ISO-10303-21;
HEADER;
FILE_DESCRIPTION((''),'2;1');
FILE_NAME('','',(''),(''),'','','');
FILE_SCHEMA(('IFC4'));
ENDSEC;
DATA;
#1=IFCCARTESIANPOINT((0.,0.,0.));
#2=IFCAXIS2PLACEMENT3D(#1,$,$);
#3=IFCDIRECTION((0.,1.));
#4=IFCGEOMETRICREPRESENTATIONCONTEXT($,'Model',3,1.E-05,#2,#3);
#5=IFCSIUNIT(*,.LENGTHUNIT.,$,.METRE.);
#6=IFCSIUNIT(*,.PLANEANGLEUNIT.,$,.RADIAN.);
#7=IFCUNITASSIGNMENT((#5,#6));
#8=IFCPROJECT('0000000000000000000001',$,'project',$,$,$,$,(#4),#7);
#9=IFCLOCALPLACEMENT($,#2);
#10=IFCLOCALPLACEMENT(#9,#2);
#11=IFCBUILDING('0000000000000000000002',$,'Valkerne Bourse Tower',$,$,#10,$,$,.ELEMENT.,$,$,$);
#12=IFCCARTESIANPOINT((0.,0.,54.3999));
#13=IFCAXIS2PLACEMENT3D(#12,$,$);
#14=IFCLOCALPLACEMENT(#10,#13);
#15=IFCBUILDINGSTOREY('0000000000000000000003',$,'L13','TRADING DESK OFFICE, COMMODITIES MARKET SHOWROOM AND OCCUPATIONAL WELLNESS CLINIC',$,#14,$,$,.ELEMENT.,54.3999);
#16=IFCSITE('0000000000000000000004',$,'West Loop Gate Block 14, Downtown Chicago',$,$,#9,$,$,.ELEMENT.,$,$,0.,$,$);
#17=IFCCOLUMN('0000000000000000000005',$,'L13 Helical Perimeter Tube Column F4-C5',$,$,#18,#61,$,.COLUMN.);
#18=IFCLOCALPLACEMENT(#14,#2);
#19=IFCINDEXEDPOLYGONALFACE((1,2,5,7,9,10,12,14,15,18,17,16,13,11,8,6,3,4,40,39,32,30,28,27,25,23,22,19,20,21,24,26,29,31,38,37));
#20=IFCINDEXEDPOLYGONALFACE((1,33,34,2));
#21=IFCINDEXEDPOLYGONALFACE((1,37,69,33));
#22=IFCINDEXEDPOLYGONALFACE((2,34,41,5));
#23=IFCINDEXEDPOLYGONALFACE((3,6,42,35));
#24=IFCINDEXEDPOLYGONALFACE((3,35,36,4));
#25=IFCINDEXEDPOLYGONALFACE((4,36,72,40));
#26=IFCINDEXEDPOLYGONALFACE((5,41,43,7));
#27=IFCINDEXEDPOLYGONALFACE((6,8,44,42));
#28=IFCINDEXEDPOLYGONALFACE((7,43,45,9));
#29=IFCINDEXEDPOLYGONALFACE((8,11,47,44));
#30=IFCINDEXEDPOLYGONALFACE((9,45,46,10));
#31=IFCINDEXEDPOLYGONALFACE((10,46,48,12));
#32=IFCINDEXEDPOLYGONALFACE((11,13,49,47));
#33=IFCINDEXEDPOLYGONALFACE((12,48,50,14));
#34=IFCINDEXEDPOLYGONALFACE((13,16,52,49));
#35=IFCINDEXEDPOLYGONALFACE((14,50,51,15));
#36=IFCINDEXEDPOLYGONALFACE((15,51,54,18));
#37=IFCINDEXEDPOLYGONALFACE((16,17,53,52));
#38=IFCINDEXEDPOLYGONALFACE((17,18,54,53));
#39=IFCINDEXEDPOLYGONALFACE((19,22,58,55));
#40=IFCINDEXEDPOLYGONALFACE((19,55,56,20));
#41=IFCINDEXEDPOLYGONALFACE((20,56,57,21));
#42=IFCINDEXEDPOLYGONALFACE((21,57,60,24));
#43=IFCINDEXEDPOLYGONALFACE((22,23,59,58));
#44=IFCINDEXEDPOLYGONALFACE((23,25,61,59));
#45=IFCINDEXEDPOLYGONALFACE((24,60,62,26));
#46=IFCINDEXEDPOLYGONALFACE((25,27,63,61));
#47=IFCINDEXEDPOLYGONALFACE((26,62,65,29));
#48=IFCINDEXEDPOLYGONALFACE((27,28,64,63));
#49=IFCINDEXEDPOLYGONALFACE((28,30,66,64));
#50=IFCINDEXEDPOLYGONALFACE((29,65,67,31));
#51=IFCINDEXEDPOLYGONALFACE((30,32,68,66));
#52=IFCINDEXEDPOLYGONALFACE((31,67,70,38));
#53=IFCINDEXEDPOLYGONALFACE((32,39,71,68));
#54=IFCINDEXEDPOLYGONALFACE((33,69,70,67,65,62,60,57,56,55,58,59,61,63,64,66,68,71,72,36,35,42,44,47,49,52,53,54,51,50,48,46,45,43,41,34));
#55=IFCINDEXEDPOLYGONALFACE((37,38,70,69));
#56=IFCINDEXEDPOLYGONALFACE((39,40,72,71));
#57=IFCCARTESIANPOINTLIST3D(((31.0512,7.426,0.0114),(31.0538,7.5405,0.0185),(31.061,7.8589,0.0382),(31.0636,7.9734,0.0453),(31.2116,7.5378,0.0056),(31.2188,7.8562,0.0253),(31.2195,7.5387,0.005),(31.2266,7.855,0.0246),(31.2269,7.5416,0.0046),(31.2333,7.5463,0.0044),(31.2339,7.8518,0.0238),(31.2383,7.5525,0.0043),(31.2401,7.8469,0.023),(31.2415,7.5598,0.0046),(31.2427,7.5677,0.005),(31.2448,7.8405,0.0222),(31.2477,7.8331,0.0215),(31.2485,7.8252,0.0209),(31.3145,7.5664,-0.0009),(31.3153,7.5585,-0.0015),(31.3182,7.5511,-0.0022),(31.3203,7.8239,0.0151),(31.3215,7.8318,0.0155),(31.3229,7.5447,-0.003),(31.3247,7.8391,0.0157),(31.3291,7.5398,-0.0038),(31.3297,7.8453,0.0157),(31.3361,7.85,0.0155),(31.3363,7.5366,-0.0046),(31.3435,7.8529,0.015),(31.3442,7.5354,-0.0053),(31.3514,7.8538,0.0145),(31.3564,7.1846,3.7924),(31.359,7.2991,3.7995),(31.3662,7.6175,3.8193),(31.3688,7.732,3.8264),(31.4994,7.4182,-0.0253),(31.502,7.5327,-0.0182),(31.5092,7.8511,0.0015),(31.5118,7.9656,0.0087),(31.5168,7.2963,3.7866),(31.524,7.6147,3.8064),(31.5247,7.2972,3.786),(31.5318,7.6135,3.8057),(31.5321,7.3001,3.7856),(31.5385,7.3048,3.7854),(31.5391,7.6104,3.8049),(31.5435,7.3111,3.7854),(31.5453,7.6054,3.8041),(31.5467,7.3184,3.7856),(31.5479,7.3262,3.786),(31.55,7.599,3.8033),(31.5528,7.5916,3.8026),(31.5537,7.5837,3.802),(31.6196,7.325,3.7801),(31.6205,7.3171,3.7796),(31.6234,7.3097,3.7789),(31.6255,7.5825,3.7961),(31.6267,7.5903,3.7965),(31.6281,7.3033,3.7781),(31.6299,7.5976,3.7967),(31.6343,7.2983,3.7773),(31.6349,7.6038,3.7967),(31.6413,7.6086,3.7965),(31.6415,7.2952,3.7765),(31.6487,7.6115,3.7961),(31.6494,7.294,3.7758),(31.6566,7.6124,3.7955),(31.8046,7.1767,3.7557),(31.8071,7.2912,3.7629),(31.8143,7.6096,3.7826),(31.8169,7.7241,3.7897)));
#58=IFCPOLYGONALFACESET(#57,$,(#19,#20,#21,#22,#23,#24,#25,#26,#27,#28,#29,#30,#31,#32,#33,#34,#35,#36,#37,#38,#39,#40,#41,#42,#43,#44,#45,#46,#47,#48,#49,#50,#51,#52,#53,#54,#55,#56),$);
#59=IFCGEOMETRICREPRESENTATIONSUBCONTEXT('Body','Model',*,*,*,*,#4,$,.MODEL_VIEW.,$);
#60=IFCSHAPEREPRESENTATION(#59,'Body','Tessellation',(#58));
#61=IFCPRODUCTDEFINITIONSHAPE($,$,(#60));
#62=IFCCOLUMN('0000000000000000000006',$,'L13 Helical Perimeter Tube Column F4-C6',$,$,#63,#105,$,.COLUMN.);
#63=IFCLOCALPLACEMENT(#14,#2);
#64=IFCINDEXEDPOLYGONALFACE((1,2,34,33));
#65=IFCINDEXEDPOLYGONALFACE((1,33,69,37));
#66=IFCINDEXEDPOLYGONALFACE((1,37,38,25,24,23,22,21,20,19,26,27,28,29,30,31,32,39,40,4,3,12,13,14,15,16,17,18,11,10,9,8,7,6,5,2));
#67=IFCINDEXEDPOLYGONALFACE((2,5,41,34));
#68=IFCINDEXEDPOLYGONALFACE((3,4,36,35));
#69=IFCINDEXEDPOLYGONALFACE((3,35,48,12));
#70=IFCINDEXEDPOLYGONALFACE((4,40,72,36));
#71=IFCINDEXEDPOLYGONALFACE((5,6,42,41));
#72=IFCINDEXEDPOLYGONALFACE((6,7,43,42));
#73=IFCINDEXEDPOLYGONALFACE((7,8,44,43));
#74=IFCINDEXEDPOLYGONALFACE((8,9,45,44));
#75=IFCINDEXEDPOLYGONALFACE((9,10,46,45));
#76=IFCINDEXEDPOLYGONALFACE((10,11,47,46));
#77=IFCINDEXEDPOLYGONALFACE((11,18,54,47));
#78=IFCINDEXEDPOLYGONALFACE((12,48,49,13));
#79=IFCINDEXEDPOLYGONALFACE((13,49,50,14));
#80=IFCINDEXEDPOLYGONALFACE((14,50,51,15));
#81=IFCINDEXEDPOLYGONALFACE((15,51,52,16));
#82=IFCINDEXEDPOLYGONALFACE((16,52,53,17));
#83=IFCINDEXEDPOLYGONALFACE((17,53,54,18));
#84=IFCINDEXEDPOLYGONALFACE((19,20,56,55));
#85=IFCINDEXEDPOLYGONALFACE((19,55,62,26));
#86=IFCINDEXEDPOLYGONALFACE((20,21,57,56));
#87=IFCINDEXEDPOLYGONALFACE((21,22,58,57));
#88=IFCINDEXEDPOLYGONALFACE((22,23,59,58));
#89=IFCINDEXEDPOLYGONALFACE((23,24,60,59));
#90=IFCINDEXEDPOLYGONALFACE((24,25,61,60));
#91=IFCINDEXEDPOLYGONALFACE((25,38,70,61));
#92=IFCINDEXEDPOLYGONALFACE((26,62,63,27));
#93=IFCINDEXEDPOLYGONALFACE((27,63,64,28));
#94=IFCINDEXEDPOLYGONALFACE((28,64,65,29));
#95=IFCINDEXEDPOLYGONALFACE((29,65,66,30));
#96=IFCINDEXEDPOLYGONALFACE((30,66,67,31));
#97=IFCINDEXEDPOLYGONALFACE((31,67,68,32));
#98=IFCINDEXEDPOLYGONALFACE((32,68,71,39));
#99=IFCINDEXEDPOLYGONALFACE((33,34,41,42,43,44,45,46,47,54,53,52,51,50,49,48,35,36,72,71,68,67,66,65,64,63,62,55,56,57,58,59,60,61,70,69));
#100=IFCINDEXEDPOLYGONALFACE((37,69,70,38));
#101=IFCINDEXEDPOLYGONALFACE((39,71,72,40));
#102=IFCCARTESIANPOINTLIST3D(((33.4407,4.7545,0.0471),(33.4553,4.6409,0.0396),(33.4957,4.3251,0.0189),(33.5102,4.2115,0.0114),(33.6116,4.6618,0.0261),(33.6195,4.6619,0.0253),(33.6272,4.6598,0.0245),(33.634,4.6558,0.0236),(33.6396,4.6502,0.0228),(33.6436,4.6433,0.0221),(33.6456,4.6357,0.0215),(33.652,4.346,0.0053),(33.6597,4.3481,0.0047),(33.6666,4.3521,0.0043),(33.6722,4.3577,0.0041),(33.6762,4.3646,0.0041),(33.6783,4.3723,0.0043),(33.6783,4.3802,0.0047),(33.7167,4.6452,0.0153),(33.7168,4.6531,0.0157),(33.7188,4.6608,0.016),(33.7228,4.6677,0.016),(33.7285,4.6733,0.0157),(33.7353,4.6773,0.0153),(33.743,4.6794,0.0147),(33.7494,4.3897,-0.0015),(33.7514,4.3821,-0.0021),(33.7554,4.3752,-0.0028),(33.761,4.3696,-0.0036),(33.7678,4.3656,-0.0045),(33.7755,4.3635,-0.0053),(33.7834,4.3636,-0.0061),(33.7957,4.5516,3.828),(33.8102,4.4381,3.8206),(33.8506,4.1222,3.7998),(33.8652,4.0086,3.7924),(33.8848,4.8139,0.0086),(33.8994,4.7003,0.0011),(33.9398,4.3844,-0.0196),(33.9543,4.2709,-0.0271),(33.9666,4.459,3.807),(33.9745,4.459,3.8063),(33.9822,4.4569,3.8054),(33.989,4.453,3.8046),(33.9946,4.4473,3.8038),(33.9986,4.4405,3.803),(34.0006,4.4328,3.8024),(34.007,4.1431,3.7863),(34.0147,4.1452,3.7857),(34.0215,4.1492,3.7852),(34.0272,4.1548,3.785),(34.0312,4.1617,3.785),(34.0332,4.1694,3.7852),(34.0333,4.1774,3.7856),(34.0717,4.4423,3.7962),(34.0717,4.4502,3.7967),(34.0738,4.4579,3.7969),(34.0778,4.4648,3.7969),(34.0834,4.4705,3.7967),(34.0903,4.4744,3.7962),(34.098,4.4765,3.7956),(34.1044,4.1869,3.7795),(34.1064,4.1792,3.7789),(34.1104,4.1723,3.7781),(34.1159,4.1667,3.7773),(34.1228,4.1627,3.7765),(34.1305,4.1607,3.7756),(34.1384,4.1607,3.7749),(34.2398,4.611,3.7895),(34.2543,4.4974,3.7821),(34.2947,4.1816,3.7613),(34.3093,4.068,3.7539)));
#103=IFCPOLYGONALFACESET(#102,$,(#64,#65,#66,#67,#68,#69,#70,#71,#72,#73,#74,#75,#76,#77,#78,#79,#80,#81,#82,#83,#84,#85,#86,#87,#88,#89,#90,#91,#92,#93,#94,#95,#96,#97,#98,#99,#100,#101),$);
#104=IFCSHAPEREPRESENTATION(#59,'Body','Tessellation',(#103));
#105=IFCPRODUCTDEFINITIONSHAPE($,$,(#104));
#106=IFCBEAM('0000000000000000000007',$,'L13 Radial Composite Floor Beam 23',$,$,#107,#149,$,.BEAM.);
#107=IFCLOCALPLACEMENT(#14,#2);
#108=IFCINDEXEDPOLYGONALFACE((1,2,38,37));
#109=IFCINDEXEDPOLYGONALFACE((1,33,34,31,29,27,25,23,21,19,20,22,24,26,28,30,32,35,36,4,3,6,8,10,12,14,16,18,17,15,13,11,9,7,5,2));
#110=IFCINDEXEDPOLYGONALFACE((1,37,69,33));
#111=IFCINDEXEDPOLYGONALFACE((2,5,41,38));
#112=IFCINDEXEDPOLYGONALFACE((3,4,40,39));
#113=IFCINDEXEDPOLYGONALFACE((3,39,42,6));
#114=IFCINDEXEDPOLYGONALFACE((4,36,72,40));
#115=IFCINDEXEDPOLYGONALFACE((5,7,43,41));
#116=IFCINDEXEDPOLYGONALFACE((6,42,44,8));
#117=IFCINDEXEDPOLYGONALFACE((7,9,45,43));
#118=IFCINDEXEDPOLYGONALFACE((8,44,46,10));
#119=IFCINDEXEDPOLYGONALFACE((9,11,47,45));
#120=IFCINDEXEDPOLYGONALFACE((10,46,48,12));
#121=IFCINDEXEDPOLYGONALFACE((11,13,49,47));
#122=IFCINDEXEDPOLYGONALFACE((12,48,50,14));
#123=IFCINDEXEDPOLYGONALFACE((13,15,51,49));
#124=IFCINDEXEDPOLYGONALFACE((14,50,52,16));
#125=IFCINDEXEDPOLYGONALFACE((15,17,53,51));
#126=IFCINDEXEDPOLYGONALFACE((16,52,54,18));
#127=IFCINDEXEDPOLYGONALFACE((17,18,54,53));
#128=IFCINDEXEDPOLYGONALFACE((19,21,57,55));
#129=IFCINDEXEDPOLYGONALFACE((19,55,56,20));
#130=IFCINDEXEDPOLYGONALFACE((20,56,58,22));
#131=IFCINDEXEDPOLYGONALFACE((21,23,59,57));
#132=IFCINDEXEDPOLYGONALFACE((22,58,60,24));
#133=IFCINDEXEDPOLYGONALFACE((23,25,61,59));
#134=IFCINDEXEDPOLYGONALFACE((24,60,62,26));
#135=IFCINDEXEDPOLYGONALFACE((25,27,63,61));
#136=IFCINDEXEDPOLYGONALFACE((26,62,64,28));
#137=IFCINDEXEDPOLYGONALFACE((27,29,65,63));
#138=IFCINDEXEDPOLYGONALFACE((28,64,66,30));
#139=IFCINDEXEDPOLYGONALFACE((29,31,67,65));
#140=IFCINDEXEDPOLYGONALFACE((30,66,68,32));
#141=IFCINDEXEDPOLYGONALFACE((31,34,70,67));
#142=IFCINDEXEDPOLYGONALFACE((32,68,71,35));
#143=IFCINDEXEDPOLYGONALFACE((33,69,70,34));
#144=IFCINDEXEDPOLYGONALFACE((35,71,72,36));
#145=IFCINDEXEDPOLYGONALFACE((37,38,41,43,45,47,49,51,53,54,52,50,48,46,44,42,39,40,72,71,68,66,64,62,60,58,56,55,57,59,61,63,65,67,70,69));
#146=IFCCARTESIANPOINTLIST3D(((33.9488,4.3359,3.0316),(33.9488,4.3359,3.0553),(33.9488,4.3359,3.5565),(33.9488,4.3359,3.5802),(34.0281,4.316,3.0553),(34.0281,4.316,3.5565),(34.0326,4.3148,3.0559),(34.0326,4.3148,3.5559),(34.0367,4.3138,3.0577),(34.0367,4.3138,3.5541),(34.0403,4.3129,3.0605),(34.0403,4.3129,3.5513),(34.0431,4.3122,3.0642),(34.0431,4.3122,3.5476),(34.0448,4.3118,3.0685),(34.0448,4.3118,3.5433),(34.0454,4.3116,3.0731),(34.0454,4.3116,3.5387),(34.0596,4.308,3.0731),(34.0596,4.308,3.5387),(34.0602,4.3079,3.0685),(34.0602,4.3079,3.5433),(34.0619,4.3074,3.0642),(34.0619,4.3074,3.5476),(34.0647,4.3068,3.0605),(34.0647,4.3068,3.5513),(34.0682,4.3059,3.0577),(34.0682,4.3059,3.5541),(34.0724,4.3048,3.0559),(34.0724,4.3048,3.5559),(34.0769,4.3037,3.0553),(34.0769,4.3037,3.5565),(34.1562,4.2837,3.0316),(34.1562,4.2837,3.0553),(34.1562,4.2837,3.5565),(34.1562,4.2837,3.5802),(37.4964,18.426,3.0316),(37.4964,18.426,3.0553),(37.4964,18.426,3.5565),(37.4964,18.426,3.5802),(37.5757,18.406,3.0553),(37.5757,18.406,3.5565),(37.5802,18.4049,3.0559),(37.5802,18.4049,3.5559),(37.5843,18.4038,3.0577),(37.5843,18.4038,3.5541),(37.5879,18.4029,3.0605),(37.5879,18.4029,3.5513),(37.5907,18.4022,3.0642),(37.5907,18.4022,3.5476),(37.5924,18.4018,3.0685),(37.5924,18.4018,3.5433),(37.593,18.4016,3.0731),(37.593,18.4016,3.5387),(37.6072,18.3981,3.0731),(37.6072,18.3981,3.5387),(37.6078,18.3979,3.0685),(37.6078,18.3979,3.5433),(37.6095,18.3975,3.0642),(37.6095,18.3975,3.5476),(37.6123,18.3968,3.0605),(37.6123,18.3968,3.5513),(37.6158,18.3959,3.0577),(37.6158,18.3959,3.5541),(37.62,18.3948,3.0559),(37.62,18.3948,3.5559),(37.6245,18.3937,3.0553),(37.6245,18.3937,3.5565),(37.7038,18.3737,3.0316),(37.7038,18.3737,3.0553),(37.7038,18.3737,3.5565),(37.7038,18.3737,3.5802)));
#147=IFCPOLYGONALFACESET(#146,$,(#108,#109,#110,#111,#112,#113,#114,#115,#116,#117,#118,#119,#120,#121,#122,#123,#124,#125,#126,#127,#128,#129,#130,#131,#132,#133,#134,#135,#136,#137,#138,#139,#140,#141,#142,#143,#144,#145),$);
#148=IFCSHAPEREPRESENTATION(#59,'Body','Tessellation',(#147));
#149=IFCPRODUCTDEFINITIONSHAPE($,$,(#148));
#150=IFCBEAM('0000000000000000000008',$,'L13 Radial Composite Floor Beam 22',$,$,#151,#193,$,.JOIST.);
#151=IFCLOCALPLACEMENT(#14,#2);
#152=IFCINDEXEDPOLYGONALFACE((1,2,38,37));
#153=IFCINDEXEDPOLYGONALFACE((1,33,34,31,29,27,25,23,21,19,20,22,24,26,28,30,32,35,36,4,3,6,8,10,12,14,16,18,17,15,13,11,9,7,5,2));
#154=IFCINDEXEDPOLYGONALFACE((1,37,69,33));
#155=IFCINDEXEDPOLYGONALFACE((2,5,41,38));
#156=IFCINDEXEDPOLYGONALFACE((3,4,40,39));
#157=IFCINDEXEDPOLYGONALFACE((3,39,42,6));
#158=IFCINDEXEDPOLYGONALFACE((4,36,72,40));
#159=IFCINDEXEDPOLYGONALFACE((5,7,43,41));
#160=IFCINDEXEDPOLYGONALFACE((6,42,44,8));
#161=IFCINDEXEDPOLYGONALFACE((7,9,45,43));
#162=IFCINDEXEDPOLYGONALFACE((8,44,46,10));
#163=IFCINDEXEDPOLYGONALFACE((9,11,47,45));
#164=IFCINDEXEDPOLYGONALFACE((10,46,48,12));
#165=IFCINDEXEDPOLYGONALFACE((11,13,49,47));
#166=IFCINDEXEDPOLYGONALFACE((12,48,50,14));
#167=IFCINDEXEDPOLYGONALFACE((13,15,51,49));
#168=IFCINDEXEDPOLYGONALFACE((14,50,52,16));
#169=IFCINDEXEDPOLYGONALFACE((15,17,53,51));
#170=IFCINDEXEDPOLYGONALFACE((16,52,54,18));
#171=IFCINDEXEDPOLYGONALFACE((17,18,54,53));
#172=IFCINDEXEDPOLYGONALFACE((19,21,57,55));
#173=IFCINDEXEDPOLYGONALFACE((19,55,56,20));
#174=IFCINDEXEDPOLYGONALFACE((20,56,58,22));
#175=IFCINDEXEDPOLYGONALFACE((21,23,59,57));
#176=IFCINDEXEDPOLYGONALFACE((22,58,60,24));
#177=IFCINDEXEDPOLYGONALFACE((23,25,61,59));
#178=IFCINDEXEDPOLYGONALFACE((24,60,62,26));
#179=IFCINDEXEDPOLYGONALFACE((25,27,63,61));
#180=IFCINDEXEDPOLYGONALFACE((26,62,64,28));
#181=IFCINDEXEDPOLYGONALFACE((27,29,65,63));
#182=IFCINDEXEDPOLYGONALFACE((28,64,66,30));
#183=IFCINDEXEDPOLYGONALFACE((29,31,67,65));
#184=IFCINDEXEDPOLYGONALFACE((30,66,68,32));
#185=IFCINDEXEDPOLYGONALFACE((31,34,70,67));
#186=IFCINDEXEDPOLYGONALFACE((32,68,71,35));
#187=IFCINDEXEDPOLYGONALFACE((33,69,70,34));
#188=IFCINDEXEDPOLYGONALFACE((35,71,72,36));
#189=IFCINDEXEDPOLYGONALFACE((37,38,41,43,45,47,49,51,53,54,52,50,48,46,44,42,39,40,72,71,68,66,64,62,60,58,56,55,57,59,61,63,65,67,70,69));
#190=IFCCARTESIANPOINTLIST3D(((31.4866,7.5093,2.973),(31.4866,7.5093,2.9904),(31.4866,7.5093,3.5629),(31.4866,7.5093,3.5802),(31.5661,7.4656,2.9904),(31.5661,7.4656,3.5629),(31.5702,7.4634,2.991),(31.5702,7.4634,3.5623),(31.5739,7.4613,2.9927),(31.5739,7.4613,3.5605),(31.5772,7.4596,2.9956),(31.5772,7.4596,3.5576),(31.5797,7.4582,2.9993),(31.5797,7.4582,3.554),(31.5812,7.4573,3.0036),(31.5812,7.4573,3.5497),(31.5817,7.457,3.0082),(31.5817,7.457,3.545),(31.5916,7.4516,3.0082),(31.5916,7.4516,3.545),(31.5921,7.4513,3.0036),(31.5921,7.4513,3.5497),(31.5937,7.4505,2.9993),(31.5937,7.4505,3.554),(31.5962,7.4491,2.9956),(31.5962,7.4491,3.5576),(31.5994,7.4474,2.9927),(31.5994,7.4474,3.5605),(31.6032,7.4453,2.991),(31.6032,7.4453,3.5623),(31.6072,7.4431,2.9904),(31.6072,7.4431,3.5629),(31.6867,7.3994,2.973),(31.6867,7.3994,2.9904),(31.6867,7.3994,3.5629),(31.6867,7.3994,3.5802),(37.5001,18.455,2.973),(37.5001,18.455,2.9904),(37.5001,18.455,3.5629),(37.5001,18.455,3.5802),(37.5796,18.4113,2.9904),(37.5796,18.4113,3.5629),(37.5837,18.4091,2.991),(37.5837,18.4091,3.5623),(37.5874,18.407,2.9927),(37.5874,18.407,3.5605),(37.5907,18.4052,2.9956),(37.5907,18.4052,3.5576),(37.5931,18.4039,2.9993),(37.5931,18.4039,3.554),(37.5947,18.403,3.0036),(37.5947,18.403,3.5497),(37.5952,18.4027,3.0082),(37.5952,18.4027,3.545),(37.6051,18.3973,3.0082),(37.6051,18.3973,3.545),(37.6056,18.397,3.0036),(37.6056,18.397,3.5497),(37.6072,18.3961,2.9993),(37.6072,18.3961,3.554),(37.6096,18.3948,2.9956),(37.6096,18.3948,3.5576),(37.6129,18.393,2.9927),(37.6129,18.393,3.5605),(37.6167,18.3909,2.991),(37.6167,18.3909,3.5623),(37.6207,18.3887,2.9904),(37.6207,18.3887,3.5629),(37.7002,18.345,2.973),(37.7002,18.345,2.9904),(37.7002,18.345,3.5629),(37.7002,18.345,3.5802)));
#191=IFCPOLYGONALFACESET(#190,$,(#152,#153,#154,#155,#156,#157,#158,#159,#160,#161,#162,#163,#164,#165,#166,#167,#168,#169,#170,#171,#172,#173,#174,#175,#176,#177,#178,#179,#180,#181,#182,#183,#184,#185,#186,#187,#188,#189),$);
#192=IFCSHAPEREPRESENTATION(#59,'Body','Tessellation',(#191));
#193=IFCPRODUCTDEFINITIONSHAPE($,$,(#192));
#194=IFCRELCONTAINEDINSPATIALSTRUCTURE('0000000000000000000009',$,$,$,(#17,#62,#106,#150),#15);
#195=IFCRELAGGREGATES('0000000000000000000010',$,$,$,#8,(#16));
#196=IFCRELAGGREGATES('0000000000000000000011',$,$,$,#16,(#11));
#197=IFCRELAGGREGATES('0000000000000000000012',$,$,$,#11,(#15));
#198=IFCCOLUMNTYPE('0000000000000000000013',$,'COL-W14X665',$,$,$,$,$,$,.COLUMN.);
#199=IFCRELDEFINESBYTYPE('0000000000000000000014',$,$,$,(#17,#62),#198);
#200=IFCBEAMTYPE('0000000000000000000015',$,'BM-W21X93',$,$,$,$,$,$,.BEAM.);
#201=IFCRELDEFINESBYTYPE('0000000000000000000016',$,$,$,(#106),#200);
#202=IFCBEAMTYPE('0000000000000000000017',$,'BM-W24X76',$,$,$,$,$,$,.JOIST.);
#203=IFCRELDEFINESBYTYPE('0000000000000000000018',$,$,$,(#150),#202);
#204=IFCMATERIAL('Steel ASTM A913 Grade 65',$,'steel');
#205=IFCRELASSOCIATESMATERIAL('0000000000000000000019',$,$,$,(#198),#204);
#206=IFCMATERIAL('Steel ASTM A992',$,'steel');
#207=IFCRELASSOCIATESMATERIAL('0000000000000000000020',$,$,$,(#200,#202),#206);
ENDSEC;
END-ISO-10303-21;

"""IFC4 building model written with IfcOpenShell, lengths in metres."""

from ifc_helpers import new_model, si_unit, direction, frame, origin, origin_2d, place, context, subcontext, project, spatial, i_section, extrude, material, material_profile, profile_set, type_object, element, save


model = new_model("IFC4")

# Units and contexts
model_context = context("Model", 3, precision=1e-05, world=origin(), true_north=direction((0.0, 1.0)))
body_context = subcontext(model_context, "Body", "Model", "MODEL_VIEW")
ifc_project = project(units=[si_unit("LENGTHUNIT", "METRE"), si_unit("PLANEANGLEUNIT", "RADIAN")], contexts=[model_context])

# Site, building, storey
site_placement = place(None, origin())
site = spatial("IfcSite", under=ifc_project, at=site_placement, Name="West Loop Gate Block 14, Downtown Chicago", CompositionType="ELEMENT", RefElevation=0.0)
building_placement = place(site_placement, origin())
building = spatial("IfcBuilding", under=site, at=building_placement, Name="Valkerne Bourse Tower", CompositionType="ELEMENT")
storey_placement = place(building_placement, frame((0.0, 0.0, 54.3999)))
storey = spatial("IfcBuildingStorey", under=building, at=storey_placement, Name="L13", Description="TRADING DESK OFFICE, COMMODITIES MARKET SHOWROOM AND OCCUPATIONAL WELLNESS CLINIC", CompositionType="ELEMENT", Elevation=54.3999)

# Columns
ifc_material_1 = material(Name="Steel ASTM A913 Grade 65", Category="steel")
ifc_material_profile_1 = material_profile(ifc_material_1, i_section(OverallWidth=0.4497, OverallDepth=0.5486, WebThickness=0.072, FlangeThickness=0.1147, FilletRadius=0.0305, at=origin_2d()), Name="W14X665")
ifc_profile_set_1 = profile_set([ifc_material_profile_1], Name="Steel ASTM A913 Grade 65")
column_type = type_object("IfcColumnType", Name="COL-W14X665", PredefinedType="COLUMN", material=ifc_profile_set_1)
column_1_placement = place(storey_placement, frame((31.2815, 7.6958, 0.01), z_axis=(0.080289, -0.063524, 0.994745), x_axis=(0.996516, -0.017491, -0.081549)))
element("IfcColumn", 1, at=column_1_placement, inside=storey, type_object=column_type, Name="L13 Helical Perimeter Tube Column F4-C5", PredefinedType="COLUMN", context=body_context, shape_type="SweptSolid", body=[
    extrude(i_section(OverallWidth=0.4497, OverallDepth=0.5486, WebThickness=0.072, FlangeThickness=0.1147, FilletRadius=0.0305, at=origin_2d()), origin(), (0.0, 0.0, 1.0), 3.801),
])
column_2_placement = place(storey_placement, frame((33.6975, 4.5127, 0.01), z_axis=(0.093341, -0.053347, 0.994204), x_axis=(0.987548, 0.131967, -0.085635)))
element("IfcColumn", 2, at=column_2_placement, inside=storey, type_object=column_type, Name="L13 Helical Perimeter Tube Column F4-C6", PredefinedType="COLUMN", context=body_context, shape_type="SweptSolid", body=[
    extrude(i_section(OverallWidth=0.4497, OverallDepth=0.5486, WebThickness=0.072, FlangeThickness=0.1147, FilletRadius=0.0305, at=origin_2d()), origin(), (0.0, 0.0, 1.0), 3.803),
])

# Beams
ifc_material_2 = material(Name="Steel ASTM A992", Category="steel")
ifc_material_profile_2 = material_profile(ifc_material_2, i_section(OverallWidth=0.2139, OverallDepth=0.5486, WebThickness=0.0146, FlangeThickness=0.0237, FilletRadius=0.0178, at=origin_2d()), Name="W21X93")
ifc_profile_set_2 = profile_set([ifc_material_profile_2], Name="Steel ASTM A992")
beam_type_1 = type_object("IfcBeamType", Name="BM-W21X93", PredefinedType="BEAM", material=ifc_profile_set_2)
beam_1_placement = place(storey_placement, frame((34.0525, 4.3098, 3.3059), z_axis=(0.24416, 0.969735, 0.0), x_axis=(-0.969735, 0.24416, 0.0)))
element("IfcBeam", 3, at=beam_1_placement, inside=storey, type_object=beam_type_1, Name="L13 Radial Composite Floor Beam 23", PredefinedType="BEAM", context=body_context, shape_type="SweptSolid", body=[
    extrude(i_section(OverallWidth=0.2139, OverallDepth=0.5486, WebThickness=0.0146, FlangeThickness=0.0237, FilletRadius=0.0178, at=origin_2d()), origin(), (0.0, 0.0, 1.0), 14.5298),
])
ifc_material_profile_3 = material_profile(ifc_material_2, i_section(OverallWidth=0.2283, OverallDepth=0.6072, WebThickness=0.0112, FlangeThickness=0.0173, FilletRadius=0.0178, at=origin_2d()), Name="W24X76")
ifc_profile_set_3 = profile_set([ifc_material_profile_3], Name="Steel ASTM A992")
beam_type_2 = type_object("IfcBeamType", Name="BM-W24X76", PredefinedType="JOIST", material=ifc_profile_set_3)
beam_2_placement = place(storey_placement, frame((31.5867, 7.4543, 3.2766), z_axis=(0.481511, 0.87644, 0.0), x_axis=(-0.87644, 0.481511, 0.0)))
element("IfcBeam", 4, at=beam_2_placement, inside=storey, type_object=beam_type_2, Name="L13 Radial Composite Floor Beam 22", PredefinedType="JOIST", context=body_context, shape_type="SweptSolid", body=[
    extrude(i_section(OverallWidth=0.2283, OverallDepth=0.6072, WebThickness=0.0112, FlangeThickness=0.0173, FilletRadius=0.0178, at=origin_2d()), origin(), (0.0, 0.0, 1.0), 12.4888),
])

save(model, "model.ifc")
